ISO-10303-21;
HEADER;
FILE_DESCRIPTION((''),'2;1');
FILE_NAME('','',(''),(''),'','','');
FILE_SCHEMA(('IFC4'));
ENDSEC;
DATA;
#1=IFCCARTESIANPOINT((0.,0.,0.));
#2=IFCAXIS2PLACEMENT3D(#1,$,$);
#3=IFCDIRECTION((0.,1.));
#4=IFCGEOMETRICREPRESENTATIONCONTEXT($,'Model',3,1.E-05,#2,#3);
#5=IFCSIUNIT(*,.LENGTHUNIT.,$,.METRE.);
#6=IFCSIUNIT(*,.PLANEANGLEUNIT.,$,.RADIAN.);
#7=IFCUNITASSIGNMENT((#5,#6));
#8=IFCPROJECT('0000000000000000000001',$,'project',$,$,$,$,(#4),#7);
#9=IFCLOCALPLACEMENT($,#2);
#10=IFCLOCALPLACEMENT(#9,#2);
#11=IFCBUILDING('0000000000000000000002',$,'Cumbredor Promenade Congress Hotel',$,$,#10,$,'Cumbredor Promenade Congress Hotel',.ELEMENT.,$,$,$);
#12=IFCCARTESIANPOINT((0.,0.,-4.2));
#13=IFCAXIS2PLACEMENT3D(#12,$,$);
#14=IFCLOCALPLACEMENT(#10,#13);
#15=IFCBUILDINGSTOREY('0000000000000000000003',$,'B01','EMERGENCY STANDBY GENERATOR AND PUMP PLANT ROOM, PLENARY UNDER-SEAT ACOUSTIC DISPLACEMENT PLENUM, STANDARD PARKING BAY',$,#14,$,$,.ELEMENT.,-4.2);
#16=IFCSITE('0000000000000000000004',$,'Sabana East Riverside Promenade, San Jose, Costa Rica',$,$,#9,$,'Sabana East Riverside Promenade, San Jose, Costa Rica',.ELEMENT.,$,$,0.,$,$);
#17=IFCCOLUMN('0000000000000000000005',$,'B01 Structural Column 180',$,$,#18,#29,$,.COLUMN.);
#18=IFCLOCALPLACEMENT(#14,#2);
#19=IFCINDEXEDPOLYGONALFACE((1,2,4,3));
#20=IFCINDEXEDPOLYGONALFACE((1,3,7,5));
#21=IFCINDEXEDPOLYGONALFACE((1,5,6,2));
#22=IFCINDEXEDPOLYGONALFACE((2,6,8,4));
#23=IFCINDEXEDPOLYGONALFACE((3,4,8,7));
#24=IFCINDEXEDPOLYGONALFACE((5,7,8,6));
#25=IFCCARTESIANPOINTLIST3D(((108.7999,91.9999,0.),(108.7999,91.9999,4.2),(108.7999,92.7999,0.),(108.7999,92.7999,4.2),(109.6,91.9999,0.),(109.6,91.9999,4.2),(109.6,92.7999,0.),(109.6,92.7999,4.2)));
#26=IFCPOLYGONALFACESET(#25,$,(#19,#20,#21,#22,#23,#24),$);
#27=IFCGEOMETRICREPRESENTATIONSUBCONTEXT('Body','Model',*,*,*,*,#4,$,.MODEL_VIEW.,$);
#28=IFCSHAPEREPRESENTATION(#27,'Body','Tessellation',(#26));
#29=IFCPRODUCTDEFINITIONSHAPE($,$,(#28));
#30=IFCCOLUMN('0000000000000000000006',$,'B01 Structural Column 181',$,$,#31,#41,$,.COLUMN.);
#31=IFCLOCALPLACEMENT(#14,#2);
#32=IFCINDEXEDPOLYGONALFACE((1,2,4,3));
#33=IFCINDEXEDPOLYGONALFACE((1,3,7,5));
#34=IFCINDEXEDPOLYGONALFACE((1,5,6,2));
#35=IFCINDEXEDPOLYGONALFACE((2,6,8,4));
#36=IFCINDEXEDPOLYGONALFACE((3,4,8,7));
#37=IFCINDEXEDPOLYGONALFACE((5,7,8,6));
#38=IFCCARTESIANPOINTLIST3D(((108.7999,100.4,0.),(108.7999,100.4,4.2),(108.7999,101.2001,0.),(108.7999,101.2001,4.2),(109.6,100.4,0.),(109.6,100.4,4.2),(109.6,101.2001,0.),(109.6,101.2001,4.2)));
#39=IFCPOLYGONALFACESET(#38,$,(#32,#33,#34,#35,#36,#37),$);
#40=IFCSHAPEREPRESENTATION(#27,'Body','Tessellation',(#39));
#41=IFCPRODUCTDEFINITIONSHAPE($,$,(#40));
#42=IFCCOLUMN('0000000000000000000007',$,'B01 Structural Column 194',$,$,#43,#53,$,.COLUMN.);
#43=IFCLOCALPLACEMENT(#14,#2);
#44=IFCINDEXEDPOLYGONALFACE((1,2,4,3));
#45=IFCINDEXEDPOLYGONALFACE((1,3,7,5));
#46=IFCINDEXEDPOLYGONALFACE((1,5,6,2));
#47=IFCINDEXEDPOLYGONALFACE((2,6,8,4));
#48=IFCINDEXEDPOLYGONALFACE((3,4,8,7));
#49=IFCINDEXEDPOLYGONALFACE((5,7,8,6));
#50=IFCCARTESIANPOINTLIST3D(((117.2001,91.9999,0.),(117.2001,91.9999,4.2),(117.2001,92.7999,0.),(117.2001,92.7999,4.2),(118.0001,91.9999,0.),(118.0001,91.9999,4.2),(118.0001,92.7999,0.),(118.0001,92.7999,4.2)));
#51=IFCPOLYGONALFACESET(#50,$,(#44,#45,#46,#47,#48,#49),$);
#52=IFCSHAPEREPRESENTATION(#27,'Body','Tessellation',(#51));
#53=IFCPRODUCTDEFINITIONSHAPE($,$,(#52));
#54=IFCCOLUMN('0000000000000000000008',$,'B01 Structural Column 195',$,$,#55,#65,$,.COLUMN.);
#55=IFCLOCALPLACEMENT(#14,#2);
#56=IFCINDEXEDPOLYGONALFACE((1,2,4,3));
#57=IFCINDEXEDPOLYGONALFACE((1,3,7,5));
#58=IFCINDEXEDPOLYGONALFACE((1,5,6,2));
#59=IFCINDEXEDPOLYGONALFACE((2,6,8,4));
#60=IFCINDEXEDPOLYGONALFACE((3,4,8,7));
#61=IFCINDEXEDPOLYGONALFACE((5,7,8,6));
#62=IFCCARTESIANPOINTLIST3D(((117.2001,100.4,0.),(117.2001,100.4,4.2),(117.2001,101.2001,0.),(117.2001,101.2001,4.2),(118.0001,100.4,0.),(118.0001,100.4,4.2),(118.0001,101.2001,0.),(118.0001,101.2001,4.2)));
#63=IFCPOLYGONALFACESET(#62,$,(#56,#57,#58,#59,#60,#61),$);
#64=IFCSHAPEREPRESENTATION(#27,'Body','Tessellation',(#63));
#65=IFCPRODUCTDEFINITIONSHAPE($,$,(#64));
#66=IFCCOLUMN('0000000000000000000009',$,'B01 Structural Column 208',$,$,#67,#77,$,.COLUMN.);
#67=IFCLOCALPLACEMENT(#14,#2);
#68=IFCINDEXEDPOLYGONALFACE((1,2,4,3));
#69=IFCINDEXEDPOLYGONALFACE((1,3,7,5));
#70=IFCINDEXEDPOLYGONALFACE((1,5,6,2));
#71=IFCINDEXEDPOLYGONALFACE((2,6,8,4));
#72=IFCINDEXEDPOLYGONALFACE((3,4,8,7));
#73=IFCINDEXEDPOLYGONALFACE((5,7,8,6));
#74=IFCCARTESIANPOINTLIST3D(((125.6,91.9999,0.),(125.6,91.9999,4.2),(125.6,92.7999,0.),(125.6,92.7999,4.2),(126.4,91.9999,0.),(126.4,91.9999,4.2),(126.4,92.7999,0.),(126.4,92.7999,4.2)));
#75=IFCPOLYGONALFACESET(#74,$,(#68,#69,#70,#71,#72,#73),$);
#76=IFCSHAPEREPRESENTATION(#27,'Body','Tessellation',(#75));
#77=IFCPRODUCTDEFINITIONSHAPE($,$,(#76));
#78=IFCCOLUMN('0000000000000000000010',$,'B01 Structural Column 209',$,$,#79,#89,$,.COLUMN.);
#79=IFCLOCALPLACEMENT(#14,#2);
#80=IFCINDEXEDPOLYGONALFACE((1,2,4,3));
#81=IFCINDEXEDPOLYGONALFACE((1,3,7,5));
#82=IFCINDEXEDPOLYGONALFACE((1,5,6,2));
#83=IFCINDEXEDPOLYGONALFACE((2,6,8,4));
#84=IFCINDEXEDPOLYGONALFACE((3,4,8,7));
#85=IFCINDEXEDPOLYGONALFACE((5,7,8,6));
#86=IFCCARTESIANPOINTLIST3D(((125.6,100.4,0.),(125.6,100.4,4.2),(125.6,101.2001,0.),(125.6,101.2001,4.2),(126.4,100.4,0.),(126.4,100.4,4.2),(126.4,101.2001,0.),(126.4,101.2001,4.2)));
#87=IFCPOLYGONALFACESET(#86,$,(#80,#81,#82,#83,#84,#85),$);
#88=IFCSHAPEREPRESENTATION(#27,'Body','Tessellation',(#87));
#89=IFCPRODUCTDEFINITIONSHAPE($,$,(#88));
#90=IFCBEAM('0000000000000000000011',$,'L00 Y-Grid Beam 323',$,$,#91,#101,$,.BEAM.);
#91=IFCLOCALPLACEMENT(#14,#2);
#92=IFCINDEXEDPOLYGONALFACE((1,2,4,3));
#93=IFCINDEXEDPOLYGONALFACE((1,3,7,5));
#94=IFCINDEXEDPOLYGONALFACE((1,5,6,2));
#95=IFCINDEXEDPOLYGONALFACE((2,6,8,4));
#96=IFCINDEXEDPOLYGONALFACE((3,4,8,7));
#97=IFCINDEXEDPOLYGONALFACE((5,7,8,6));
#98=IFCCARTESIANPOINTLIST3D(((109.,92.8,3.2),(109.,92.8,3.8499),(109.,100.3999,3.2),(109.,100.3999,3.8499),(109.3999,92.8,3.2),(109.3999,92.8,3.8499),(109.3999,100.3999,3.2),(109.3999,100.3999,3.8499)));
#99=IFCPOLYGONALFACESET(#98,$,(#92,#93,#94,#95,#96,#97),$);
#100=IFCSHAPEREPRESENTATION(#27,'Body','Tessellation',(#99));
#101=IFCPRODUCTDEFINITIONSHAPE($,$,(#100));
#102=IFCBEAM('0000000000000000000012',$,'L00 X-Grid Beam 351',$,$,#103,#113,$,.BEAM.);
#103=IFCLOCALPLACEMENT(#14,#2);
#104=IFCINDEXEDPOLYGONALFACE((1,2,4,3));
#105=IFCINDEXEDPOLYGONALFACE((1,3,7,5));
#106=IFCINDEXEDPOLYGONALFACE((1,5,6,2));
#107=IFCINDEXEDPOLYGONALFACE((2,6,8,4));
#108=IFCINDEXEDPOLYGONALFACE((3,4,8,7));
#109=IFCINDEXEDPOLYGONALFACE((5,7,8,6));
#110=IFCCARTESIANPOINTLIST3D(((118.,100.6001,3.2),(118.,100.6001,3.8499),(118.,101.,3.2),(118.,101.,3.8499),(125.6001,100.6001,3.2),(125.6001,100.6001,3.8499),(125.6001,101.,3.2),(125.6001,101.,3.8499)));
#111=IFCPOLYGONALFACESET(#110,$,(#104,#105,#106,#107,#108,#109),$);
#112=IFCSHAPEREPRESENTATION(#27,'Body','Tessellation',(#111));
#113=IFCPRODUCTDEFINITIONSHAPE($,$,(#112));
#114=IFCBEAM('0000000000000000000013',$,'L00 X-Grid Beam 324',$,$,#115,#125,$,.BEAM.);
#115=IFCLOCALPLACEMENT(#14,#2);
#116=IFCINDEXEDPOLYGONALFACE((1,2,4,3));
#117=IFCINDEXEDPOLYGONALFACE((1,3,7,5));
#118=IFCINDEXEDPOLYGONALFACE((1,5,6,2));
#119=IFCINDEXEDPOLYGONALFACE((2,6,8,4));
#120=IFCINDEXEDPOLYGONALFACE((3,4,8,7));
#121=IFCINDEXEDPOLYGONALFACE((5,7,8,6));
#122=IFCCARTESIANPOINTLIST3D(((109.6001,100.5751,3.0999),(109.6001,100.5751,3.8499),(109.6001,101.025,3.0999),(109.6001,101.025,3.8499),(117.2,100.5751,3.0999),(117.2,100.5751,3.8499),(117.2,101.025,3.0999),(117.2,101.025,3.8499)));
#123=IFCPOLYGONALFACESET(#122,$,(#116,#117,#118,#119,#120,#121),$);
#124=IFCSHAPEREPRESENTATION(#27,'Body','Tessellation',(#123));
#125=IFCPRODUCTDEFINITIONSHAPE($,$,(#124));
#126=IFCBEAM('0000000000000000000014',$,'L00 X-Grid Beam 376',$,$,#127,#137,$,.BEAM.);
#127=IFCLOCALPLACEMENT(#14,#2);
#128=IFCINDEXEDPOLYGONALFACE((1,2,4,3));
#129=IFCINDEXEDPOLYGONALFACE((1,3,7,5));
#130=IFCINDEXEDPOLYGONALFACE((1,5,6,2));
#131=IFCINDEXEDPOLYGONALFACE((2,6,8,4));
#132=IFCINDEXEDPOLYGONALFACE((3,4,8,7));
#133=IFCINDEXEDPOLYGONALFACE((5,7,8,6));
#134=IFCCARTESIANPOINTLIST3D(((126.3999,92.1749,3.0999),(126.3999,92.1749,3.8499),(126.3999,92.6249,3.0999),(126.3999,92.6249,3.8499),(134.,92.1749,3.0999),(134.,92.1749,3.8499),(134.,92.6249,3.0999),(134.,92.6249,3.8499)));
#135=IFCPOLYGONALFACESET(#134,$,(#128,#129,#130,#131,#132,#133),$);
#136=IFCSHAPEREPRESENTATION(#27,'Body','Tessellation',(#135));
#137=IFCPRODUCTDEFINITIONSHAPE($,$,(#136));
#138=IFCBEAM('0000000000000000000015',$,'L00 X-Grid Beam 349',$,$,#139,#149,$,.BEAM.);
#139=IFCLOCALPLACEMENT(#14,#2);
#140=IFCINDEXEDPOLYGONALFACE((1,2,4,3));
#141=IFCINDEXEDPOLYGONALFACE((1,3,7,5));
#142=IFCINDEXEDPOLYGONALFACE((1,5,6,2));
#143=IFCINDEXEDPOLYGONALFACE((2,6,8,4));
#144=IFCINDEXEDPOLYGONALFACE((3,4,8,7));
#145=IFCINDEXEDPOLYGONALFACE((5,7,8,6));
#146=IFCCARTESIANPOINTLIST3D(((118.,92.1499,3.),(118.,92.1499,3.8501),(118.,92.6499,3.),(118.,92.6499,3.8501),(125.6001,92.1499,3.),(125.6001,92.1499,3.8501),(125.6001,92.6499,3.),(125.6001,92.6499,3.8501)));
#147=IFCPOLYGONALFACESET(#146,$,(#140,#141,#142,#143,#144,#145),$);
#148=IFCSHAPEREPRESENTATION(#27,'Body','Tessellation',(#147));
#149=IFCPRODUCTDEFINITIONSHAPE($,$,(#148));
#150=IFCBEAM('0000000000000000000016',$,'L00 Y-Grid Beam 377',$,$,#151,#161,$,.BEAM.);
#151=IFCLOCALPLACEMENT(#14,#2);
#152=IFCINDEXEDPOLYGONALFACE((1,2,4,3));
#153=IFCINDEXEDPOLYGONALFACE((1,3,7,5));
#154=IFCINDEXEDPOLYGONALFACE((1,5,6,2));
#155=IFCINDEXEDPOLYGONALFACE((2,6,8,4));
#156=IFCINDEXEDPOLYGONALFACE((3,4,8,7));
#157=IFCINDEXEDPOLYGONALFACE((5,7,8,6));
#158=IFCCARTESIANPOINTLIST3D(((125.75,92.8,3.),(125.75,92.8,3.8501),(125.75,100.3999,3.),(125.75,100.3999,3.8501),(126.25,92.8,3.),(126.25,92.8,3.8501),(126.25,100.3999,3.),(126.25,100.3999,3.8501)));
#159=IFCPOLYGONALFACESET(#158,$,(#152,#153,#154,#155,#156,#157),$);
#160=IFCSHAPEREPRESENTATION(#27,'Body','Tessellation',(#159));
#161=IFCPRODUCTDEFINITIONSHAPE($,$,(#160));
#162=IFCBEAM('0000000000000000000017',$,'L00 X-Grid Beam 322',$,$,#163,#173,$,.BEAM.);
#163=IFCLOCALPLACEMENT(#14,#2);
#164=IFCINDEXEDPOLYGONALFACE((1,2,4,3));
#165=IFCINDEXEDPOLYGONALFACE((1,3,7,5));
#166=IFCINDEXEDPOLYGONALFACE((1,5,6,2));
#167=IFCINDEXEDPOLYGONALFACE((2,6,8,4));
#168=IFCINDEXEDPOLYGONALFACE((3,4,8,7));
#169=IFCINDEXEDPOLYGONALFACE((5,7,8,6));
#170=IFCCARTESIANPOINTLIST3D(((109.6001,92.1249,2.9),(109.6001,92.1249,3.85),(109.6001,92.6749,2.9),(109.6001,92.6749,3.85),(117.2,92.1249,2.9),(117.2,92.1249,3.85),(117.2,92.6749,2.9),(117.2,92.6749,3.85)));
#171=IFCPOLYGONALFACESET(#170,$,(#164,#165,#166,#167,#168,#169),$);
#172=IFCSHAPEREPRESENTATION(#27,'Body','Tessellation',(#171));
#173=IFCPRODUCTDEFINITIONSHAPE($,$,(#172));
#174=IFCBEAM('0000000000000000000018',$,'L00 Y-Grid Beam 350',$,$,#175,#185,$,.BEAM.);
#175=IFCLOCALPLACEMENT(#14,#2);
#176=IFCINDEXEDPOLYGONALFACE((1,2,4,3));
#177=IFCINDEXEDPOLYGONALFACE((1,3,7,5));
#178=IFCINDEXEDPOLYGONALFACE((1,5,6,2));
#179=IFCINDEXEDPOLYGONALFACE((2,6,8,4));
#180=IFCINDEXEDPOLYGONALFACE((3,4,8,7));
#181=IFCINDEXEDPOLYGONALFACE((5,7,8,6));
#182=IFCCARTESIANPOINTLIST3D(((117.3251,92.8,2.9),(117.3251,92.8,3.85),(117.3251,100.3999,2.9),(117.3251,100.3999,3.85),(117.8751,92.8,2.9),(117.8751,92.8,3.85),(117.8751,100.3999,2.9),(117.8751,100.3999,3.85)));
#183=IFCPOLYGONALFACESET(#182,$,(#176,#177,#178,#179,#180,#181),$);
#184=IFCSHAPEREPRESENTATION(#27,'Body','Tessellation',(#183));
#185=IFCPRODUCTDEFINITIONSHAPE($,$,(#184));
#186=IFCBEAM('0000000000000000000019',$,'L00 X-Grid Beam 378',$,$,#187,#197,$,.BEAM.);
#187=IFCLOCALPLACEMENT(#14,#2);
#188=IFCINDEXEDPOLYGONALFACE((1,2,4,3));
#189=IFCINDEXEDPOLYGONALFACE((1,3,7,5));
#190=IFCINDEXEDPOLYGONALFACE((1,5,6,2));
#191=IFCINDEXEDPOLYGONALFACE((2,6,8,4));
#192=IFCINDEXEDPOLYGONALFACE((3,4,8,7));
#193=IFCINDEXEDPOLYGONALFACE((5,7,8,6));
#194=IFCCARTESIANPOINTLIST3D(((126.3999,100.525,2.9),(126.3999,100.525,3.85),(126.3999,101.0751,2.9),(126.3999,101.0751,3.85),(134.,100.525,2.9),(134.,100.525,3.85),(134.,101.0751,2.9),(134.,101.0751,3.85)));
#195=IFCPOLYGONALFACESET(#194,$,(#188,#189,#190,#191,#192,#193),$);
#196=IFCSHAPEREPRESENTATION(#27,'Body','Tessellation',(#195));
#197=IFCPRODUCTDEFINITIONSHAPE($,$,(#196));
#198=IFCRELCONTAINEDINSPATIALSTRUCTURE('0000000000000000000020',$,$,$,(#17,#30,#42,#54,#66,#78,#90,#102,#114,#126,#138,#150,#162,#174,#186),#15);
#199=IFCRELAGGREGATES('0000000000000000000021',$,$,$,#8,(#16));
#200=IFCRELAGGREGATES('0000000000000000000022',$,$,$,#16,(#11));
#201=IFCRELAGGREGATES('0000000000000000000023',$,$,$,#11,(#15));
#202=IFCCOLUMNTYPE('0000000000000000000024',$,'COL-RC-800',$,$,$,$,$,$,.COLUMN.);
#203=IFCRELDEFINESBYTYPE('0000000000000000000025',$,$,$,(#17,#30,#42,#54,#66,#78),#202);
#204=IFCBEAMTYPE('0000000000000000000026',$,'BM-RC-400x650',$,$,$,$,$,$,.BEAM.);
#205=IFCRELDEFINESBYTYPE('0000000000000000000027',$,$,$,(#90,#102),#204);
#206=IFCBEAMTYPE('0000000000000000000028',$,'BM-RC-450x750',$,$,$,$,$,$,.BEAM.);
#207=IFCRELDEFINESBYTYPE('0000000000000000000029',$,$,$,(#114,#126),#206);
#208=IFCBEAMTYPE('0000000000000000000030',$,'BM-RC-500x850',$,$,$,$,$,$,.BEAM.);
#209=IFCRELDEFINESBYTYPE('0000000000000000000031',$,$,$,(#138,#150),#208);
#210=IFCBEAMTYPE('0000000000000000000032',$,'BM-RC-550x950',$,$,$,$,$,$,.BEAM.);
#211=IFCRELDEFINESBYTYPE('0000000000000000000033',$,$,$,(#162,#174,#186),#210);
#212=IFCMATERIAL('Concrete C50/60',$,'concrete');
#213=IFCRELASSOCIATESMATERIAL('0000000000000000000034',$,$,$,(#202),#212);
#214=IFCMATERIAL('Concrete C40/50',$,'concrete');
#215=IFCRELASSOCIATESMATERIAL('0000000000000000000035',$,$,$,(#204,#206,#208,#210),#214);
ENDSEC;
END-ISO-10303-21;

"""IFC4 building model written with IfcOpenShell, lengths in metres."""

from ifc_helpers import new_model, si_unit, direction, frame, origin, origin_2d, place, context, subcontext, project, spatial, rectangle, extrude, material, material_profile, profile_set, type_object, element, save


model = new_model("IFC4")

# Units and contexts
model_context = context("Model", 3, precision=1e-05, world=origin(), true_north=direction((0.0, 1.0)))
body_context = subcontext(model_context, "Body", "Model", "MODEL_VIEW")
ifc_project = project(units=[si_unit("LENGTHUNIT", "METRE"), si_unit("PLANEANGLEUNIT", "RADIAN")], contexts=[model_context])

# Site, building, storey
site_placement = place(None, origin())
site = spatial("IfcSite", under=ifc_project, at=site_placement, Name="Sabana East Riverside Promenade, San Jose, Costa Rica", LongName="Sabana East Riverside Promenade, San Jose, Costa Rica", CompositionType="ELEMENT", RefElevation=0.0)
building_placement = place(site_placement, origin())
building = spatial("IfcBuilding", under=site, at=building_placement, Name="Cumbredor Promenade Congress Hotel", LongName="Cumbredor Promenade Congress Hotel", CompositionType="ELEMENT")
storey_placement = place(building_placement, frame((0.0, 0.0, -4.2)))
storey = spatial("IfcBuildingStorey", under=building, at=storey_placement, Name="B01", Description="EMERGENCY STANDBY GENERATOR AND PUMP PLANT ROOM, PLENARY UNDER-SEAT ACOUSTIC DISPLACEMENT PLENUM, STANDARD PARKING BAY", CompositionType="ELEMENT", Elevation=-4.2)

# Columns
ifc_material_1 = material(Name="Concrete C50/60", Category="concrete")
ifc_material_profile_1 = material_profile(ifc_material_1, rectangle(XDim=0.8, YDim=0.8, at=origin_2d()), Name="RC 800x800")
ifc_profile_set_1 = profile_set([ifc_material_profile_1], Name="Concrete C50/60")
column_type = type_object("IfcColumnType", Name="COL-RC-800", PredefinedType="COLUMN", material=ifc_profile_set_1)
for number, where, z_axis, x_axis, name in (
    (1, (109.2, 92.3999, 0.0), (0.0, 0.0, 1.0), (1.0, 0.0, 0.0), "B01 Structural Column 180"),
    (2, (109.2, 100.8, 0.0), (0.0, 0.0, 1.0), (1.0, 0.0, 0.0), "B01 Structural Column 181"),
    (3, (117.6001, 92.3999, 0.0), (0.0, 0.0, 1.0), (1.0, 0.0, 0.0), "B01 Structural Column 194"),
    (4, (117.6001, 100.8, 0.0), (0.0, 0.0, 1.0), (1.0, 0.0, 0.0), "B01 Structural Column 195"),
    (5, (126.0, 92.3999, 0.0), (0.0, 0.0, 1.0), (1.0, 0.0, 0.0), "B01 Structural Column 208"),
    (6, (126.0, 100.8, 0.0), (0.0, 0.0, 1.0), (1.0, 0.0, 0.0), "B01 Structural Column 209"),
):
    element("IfcColumn", number, at=place(storey_placement, frame(where, z_axis=z_axis, x_axis=x_axis)), inside=storey, type_object=column_type, Name=name, PredefinedType="COLUMN", context=body_context, shape_type="SweptSolid", body=[
        extrude(rectangle(XDim=0.8, YDim=0.8, at=origin_2d()), origin(), (0.0, 0.0, 1.0), 4.2),
    ])

# Beams
ifc_material_2 = material(Name="Concrete C40/50", Category="concrete")
ifc_material_profile_2 = material_profile(ifc_material_2, rectangle(XDim=0.3999, YDim=0.6499, at=origin_2d()), Name="RC BEAM 400x650")
ifc_profile_set_2 = profile_set([ifc_material_profile_2], Name="Concrete C40/50")
beam_type_1 = type_object("IfcBeamType", Name="BM-RC-400x650", PredefinedType="BEAM", material=ifc_profile_set_2)
beam_1_placement = place(storey_placement, frame((109.2, 92.8, 3.5249), z_axis=(0.0, 1.0, 0.0), x_axis=(-1.0, 0.0, 0.0)))
element("IfcBeam", 7, at=beam_1_placement, inside=storey, type_object=beam_type_1, Name="L00 Y-Grid Beam 323", PredefinedType="BEAM", context=body_context, shape_type="SweptSolid", body=[
    extrude(rectangle(XDim=0.3999, YDim=0.6499, at=origin_2d()), origin(), (0.0, 0.0, 1.0), 7.5999),
])
beam_2_placement = place(storey_placement, frame((118.0, 100.8, 3.5249), z_axis=(1.0, 0.0, 0.0), x_axis=(0.0, 1.0, 0.0)))
element("IfcBeam", 8, at=beam_2_placement, inside=storey, type_object=beam_type_1, Name="L00 X-Grid Beam 351", PredefinedType="BEAM", context=body_context, shape_type="SweptSolid", body=[
    extrude(rectangle(XDim=0.3999, YDim=0.6499, at=origin_2d()), origin(), (0.0, 0.0, 1.0), 7.6001),
])
ifc_material_profile_3 = material_profile(ifc_material_2, rectangle(XDim=0.45, YDim=0.75, at=origin_2d()), Name="RC BEAM 450x750")
ifc_profile_set_3 = profile_set([ifc_material_profile_3], Name="Concrete C40/50")
beam_type_2 = type_object("IfcBeamType", Name="BM-RC-450x750", PredefinedType="BEAM", material=ifc_profile_set_3)
beam_3_placement = place(storey_placement, frame((109.6001, 100.8, 3.4749), z_axis=(1.0, 0.0, 0.0), x_axis=(0.0, 1.0, 0.0)))
element("IfcBeam", 9, at=beam_3_placement, inside=storey, type_object=beam_type_2, Name="L00 X-Grid Beam 324", PredefinedType="BEAM", context=body_context, shape_type="SweptSolid", body=[
    extrude(rectangle(XDim=0.45, YDim=0.75, at=origin_2d()), origin(), (0.0, 0.0, 1.0), 7.5999),
])
beam_4_placement = place(storey_placement, frame((126.3999, 92.3999, 3.4749), z_axis=(1.0, 0.0, 0.0), x_axis=(0.0, 1.0, 0.0)))
element("IfcBeam", 10, at=beam_4_placement, inside=storey, type_object=beam_type_2, Name="L00 X-Grid Beam 376", PredefinedType="BEAM", context=body_context, shape_type="SweptSolid", body=[
    extrude(rectangle(XDim=0.45, YDim=0.75, at=origin_2d()), origin(), (0.0, 0.0, 1.0), 7.6001),
])
ifc_material_profile_4 = material_profile(ifc_material_2, rectangle(XDim=0.5, YDim=0.8501, at=origin_2d()), Name="RC BEAM 500x850")
ifc_profile_set_4 = profile_set([ifc_material_profile_4], Name="Concrete C40/50")
beam_type_3 = type_object("IfcBeamType", Name="BM-RC-500x850", PredefinedType="BEAM", material=ifc_profile_set_4)
beam_5_placement = place(storey_placement, frame((118.0, 92.3999, 3.425), z_axis=(1.0, 0.0, 0.0), x_axis=(0.0, 1.0, 0.0)))
element("IfcBeam", 11, at=beam_5_placement, inside=storey, type_object=beam_type_3, Name="L00 X-Grid Beam 349", PredefinedType="BEAM", context=body_context, shape_type="SweptSolid", body=[
    extrude(rectangle(XDim=0.5, YDim=0.8501, at=origin_2d()), origin(), (0.0, 0.0, 1.0), 7.6001),
])
beam_6_placement = place(storey_placement, frame((126.0, 92.8, 3.425), z_axis=(0.0, 1.0, 0.0), x_axis=(-1.0, 0.0, 0.0)))
element("IfcBeam", 12, at=beam_6_placement, inside=storey, type_object=beam_type_3, Name="L00 Y-Grid Beam 377", PredefinedType="BEAM", context=body_context, shape_type="SweptSolid", body=[
    extrude(rectangle(XDim=0.5, YDim=0.8501, at=origin_2d()), origin(), (0.0, 0.0, 1.0), 7.5999),
])
ifc_material_profile_5 = material_profile(ifc_material_2, rectangle(XDim=0.55, YDim=0.95, at=origin_2d()), Name="RC BEAM 550x950")
ifc_profile_set_5 = profile_set([ifc_material_profile_5], Name="Concrete C40/50")
beam_type_4 = type_object("IfcBeamType", Name="BM-RC-550x950", PredefinedType="BEAM", material=ifc_profile_set_5)
for number, where, z_axis, x_axis, name in (
    (13, (109.6001, 92.3999, 3.375), (1.0, 0.0, 0.0), (0.0, 1.0, 0.0), "L00 X-Grid Beam 322"),
    (14, (117.6001, 92.8, 3.375), (0.0, 1.0, 0.0), (-1.0, 0.0, 0.0), "L00 Y-Grid Beam 350"),
):
    element("IfcBeam", number, at=place(storey_placement, frame(where, z_axis=z_axis, x_axis=x_axis)), inside=storey, type_object=beam_type_4, Name=name, PredefinedType="BEAM", context=body_context, shape_type="SweptSolid", body=[
        extrude(rectangle(XDim=0.55, YDim=0.95, at=origin_2d()), origin(), (0.0, 0.0, 1.0), 7.5999),
    ])
beam_7_placement = place(storey_placement, frame((126.3999, 100.8, 3.375), z_axis=(1.0, 0.0, 0.0), x_axis=(0.0, 1.0, 0.0)))
element("IfcBeam", 15, at=beam_7_placement, inside=storey, type_object=beam_type_4, Name="L00 X-Grid Beam 378", PredefinedType="BEAM", context=body_context, shape_type="SweptSolid", body=[
    extrude(rectangle(XDim=0.55, YDim=0.95, at=origin_2d()), origin(), (0.0, 0.0, 1.0), 7.6001),
])

save(model, "model.ifc")
